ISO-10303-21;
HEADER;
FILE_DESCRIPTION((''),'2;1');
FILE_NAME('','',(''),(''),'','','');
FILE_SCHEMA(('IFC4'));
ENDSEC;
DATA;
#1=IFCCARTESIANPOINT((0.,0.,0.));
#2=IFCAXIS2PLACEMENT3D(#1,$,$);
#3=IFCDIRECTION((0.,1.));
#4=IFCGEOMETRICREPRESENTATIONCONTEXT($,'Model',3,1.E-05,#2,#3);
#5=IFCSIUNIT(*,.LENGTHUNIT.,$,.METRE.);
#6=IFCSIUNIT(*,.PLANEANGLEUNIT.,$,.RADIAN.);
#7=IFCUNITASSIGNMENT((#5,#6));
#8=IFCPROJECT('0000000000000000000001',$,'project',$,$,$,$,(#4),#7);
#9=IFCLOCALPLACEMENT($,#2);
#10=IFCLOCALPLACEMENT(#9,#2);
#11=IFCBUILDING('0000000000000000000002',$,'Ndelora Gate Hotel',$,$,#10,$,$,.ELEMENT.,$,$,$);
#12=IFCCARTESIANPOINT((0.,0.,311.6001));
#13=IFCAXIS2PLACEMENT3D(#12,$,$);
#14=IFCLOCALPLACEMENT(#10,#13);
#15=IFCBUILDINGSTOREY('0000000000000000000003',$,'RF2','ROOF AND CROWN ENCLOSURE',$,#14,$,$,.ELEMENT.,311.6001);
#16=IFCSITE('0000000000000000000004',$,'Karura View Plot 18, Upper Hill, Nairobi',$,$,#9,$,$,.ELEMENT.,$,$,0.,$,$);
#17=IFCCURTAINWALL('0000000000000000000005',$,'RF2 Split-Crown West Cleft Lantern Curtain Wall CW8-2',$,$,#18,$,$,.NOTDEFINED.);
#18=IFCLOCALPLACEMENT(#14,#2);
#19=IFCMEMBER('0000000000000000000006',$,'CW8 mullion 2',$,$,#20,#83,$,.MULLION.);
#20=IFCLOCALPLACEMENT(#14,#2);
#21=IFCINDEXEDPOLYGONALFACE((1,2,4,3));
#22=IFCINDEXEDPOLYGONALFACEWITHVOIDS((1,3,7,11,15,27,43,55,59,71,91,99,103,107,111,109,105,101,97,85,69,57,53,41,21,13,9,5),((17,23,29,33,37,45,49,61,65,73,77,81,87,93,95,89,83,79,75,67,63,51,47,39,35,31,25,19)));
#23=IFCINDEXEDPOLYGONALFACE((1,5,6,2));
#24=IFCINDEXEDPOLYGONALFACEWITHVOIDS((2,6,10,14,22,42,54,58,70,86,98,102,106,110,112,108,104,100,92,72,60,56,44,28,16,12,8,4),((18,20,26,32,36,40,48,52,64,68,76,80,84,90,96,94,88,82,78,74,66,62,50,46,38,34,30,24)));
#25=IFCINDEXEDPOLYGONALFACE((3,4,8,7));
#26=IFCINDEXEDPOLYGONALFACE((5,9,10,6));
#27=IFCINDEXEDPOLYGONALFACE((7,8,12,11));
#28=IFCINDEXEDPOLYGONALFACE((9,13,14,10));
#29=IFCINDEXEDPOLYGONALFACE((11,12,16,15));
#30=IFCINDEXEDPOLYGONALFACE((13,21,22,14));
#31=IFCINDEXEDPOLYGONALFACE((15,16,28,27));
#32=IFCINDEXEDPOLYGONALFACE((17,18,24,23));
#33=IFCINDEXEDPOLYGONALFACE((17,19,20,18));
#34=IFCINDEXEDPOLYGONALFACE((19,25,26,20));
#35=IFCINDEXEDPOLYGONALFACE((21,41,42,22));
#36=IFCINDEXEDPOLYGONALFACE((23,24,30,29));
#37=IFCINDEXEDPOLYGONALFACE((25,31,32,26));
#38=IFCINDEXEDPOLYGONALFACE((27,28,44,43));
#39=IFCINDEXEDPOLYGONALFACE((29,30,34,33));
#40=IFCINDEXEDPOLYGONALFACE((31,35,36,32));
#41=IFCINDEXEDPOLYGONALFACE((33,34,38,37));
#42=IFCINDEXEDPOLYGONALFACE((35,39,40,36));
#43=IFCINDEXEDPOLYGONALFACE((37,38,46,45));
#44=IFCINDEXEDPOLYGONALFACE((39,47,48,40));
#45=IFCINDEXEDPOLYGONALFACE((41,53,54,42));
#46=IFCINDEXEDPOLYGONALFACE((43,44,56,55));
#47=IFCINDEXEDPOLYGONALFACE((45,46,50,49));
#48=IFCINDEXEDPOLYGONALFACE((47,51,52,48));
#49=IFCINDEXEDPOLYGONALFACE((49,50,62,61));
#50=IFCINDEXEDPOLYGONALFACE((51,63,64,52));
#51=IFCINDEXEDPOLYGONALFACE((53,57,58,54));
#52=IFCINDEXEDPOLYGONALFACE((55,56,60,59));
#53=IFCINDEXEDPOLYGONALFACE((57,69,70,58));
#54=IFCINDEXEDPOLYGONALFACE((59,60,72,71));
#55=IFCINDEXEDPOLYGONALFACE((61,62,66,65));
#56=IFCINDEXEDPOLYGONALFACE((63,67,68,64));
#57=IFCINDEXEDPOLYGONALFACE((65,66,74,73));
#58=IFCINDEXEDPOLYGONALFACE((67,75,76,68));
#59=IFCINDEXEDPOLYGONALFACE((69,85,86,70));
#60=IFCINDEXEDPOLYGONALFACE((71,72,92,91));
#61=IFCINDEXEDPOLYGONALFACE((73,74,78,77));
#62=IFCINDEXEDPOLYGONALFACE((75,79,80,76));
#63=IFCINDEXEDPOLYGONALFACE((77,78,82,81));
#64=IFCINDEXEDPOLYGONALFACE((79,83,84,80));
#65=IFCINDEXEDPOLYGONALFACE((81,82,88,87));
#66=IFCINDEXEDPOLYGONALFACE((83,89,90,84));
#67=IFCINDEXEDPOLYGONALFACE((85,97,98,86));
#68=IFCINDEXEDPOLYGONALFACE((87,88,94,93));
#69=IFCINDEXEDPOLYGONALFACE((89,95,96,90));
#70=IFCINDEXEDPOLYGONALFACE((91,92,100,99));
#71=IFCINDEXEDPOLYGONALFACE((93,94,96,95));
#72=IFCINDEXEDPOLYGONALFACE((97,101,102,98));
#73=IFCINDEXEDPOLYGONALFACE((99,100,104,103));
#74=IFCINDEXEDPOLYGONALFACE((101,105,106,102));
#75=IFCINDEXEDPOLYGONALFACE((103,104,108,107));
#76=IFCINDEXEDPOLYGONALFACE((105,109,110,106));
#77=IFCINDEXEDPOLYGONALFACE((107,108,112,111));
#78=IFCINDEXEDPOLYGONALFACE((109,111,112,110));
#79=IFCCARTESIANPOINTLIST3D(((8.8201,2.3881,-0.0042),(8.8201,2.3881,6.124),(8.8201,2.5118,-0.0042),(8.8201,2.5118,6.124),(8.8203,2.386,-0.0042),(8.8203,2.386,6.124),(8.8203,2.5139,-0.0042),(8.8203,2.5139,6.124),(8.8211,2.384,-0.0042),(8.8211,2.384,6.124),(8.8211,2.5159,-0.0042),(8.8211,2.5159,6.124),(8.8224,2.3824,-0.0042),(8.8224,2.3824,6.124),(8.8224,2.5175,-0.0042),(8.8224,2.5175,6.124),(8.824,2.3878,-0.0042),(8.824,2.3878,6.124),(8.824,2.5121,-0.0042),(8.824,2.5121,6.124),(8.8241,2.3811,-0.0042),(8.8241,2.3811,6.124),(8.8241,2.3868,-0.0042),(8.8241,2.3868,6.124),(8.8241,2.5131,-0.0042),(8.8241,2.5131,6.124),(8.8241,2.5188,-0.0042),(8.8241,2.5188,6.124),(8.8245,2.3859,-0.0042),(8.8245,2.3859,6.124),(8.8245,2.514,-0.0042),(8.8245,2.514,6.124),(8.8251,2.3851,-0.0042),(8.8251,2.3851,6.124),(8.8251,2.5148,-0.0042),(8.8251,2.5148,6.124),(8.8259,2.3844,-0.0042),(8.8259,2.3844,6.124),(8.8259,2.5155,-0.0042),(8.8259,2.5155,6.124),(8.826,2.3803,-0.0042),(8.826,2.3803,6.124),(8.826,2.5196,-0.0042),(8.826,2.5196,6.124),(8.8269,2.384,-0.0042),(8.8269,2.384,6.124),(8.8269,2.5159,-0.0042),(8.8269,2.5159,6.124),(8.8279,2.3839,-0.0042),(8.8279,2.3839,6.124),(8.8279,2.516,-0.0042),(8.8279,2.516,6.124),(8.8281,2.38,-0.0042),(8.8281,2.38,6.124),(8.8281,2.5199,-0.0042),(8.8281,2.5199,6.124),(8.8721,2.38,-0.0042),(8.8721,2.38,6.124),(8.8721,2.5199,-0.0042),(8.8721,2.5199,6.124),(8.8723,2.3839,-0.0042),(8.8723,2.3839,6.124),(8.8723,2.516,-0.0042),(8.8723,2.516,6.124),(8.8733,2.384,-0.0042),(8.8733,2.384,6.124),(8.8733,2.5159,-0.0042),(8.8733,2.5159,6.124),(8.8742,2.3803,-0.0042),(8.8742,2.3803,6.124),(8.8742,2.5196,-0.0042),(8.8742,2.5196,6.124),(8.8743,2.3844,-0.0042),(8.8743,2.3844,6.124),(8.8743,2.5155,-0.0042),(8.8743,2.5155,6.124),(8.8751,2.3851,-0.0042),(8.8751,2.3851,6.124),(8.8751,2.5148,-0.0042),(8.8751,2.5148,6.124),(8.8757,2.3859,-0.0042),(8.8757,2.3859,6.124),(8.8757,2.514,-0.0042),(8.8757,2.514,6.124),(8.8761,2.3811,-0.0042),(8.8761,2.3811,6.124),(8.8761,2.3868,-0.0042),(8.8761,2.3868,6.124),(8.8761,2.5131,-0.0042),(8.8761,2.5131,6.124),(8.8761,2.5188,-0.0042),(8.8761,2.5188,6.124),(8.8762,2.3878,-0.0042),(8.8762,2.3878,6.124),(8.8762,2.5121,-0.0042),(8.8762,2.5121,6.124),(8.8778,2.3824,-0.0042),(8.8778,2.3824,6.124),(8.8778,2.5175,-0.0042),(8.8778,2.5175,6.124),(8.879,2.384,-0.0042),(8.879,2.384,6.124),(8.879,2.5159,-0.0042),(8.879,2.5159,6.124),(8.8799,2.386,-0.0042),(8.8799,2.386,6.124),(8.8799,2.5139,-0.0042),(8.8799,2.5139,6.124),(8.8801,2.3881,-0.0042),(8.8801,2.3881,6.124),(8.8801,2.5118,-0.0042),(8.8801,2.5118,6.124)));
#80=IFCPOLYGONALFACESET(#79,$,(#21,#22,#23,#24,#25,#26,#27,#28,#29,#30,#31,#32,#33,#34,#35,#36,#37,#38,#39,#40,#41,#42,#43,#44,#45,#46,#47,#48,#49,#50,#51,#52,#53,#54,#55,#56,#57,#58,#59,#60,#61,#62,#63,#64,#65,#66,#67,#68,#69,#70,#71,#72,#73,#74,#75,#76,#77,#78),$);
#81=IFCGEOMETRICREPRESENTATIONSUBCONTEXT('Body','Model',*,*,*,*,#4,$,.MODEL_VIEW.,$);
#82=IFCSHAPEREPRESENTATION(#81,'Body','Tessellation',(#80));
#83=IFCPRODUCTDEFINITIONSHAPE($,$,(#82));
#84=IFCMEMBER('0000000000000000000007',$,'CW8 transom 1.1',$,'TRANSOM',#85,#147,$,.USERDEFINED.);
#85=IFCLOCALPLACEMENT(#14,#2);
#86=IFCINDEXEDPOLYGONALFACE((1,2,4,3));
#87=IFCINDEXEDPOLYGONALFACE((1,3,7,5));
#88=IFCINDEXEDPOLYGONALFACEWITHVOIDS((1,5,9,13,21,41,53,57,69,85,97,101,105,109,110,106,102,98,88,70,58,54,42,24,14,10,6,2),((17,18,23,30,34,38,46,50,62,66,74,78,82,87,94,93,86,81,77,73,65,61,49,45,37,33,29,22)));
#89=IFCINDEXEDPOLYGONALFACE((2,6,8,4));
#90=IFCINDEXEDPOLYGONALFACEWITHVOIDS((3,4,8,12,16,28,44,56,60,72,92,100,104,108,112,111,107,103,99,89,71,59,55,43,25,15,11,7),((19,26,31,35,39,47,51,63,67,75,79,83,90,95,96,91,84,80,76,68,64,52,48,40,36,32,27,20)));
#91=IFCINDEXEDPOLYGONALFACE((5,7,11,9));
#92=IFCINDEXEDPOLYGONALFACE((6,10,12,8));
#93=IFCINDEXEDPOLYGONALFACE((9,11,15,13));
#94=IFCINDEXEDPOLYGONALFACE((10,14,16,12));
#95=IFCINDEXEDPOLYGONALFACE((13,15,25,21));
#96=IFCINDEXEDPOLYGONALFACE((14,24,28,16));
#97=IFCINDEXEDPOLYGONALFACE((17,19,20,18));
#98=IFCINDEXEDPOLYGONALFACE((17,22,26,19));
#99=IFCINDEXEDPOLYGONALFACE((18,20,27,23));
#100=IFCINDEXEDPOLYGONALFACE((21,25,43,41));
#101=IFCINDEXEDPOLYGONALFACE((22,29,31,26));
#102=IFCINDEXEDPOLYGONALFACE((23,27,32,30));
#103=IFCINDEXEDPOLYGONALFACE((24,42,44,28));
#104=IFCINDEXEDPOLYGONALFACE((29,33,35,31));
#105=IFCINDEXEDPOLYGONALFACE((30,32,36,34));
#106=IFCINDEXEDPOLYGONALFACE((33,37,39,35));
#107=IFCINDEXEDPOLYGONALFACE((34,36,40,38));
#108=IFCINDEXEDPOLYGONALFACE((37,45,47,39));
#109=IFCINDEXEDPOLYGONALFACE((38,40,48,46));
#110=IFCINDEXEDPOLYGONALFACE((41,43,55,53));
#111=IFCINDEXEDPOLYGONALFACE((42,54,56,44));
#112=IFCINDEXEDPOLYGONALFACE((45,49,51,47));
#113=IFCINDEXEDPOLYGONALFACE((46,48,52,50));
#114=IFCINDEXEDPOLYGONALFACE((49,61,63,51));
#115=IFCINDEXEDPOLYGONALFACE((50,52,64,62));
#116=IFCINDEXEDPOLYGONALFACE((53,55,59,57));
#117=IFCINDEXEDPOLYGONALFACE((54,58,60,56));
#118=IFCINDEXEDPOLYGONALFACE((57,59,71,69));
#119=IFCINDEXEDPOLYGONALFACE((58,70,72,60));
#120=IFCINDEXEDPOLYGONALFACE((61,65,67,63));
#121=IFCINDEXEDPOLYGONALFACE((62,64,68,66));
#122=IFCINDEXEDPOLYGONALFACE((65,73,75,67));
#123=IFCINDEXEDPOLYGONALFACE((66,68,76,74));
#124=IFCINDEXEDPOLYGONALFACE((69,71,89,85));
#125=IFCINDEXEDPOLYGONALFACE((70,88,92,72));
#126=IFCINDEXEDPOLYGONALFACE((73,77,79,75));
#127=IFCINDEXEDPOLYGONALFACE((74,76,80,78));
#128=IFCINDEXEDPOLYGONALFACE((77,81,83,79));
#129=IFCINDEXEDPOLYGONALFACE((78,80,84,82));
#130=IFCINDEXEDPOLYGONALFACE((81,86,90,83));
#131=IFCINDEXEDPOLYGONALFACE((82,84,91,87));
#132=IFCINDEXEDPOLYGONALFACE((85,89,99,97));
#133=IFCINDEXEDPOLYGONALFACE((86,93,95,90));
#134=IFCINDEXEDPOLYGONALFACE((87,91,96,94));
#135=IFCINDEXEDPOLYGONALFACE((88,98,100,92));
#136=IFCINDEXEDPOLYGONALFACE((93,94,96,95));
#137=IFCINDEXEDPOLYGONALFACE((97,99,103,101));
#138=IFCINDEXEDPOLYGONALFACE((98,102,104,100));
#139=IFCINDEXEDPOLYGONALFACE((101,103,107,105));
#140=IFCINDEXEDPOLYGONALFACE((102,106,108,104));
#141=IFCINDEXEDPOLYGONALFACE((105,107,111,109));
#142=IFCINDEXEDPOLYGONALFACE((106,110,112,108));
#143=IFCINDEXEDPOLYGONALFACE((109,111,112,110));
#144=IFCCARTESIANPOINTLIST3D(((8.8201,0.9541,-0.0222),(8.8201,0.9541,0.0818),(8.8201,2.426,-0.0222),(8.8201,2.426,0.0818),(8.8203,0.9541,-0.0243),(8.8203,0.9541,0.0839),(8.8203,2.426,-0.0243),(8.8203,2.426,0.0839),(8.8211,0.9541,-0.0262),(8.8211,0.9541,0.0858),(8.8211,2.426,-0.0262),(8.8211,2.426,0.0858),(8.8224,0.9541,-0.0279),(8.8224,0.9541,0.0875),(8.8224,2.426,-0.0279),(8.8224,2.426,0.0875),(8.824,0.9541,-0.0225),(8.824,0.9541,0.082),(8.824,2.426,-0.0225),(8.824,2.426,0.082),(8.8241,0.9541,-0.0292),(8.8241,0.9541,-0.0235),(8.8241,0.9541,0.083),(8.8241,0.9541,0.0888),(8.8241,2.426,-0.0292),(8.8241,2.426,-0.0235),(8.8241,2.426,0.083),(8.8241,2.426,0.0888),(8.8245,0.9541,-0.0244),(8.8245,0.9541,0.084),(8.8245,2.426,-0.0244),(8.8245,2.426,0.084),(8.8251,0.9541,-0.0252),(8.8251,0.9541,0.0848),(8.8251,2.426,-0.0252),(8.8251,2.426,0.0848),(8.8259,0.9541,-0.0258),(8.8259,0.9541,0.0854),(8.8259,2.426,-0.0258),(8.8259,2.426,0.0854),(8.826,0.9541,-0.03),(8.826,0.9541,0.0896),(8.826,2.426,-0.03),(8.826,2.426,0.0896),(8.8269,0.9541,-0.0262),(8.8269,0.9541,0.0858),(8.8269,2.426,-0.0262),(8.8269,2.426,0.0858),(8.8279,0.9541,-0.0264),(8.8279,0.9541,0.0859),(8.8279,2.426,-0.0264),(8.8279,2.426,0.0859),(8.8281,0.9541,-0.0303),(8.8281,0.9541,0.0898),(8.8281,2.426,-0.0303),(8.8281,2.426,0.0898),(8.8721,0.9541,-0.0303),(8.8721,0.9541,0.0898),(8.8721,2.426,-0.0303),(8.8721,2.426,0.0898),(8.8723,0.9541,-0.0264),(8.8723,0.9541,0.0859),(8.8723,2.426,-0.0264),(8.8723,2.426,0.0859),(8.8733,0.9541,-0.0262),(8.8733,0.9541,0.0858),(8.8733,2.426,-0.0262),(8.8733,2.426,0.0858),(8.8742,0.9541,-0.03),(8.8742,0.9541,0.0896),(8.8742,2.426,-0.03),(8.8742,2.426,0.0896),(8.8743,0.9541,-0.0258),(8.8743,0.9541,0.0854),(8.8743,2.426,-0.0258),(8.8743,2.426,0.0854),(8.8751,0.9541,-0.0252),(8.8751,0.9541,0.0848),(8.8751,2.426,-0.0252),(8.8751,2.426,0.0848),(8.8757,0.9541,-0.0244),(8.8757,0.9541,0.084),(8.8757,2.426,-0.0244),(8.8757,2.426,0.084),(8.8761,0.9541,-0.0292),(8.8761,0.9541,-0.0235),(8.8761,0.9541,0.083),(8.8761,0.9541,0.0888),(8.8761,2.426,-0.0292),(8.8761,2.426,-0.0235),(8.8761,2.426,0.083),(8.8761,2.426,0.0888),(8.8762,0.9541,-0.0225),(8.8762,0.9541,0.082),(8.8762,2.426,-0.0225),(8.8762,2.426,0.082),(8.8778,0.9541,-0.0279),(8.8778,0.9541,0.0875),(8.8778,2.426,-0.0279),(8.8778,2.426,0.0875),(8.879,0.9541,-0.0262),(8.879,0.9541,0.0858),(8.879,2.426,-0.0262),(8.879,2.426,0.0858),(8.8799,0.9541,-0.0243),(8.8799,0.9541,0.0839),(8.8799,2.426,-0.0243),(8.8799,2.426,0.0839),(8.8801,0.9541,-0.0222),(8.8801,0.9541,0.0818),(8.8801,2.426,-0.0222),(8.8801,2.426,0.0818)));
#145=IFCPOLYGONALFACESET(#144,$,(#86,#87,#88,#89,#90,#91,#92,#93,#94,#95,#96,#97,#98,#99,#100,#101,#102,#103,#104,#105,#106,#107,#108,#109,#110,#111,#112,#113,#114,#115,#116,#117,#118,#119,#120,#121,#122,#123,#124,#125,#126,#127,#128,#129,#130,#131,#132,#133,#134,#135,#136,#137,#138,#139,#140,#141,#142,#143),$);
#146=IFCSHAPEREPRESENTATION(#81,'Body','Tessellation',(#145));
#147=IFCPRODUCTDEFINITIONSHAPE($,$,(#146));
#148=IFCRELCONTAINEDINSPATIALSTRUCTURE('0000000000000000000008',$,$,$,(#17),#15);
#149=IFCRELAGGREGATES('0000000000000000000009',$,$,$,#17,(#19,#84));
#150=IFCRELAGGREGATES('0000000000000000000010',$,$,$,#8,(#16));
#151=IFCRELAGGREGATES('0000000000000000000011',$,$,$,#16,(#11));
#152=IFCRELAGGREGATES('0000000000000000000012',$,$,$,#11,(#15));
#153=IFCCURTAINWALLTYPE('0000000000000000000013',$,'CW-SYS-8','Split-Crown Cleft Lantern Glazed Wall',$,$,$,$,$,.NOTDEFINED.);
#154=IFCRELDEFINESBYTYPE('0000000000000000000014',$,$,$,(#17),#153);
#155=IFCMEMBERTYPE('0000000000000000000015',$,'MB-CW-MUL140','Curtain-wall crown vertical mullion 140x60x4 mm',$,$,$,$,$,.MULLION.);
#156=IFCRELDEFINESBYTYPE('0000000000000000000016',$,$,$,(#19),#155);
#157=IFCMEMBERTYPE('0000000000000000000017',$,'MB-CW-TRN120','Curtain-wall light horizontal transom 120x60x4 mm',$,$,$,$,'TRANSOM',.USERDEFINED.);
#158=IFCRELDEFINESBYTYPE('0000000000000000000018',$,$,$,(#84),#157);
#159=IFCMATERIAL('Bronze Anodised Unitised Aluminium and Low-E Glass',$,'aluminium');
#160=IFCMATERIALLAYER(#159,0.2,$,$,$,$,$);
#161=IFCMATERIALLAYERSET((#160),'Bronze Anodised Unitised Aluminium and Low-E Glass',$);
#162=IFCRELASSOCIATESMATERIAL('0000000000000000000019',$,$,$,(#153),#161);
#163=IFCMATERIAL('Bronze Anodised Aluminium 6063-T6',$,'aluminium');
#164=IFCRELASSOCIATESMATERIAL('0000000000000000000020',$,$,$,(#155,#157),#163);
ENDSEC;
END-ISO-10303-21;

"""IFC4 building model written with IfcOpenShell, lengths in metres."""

from ifc_helpers import new_model, si_unit, direction, frame, origin, origin_2d, place, context, subcontext, project, spatial, hollow_rectangle, extrude, material, layer, layer_set, material_profile, profile_set, type_object, element, aggregate, save


model = new_model("IFC4")

# Units and contexts
model_context = context("Model", 3, precision=1e-05, world=origin(), true_north=direction((0.0, 1.0)))
body_context = subcontext(model_context, "Body", "Model", "MODEL_VIEW")
ifc_project = project(units=[si_unit("LENGTHUNIT", "METRE"), si_unit("PLANEANGLEUNIT", "RADIAN")], contexts=[model_context])

# Site, building, storey
site_placement = place(None, origin())
site = spatial("IfcSite", under=ifc_project, at=site_placement, Name="Karura View Plot 18, Upper Hill, Nairobi", CompositionType="ELEMENT", RefElevation=0.0)
building_placement = place(site_placement, origin())
building = spatial("IfcBuilding", under=site, at=building_placement, Name="Ndelora Gate Hotel", CompositionType="ELEMENT")
storey_placement = place(building_placement, frame((0.0, 0.0, 311.6001)))
storey = spatial("IfcBuildingStorey", under=building, at=storey_placement, Name="RF2", Description="ROOF AND CROWN ENCLOSURE", CompositionType="ELEMENT", Elevation=311.6001)

# Curtain wall, members
ifc_material_1 = material(Name="Bronze Anodised Unitised Aluminium and Low-E Glass", Category="aluminium")
ifc_layer_1 = layer(ifc_material_1, 0.2)
ifc_layer_set_1 = layer_set([ifc_layer_1], Name="Bronze Anodised Unitised Aluminium and Low-E Glass")
curtain_wall_type = type_object("IfcCurtainWallType", Name="CW-SYS-8", Description="Split-Crown Cleft Lantern Glazed Wall", PredefinedType="NOTDEFINED", material=ifc_layer_set_1)
curtain_wall_placement = place(storey_placement, origin())
curtain_wall = element("IfcCurtainWall", 1, at=curtain_wall_placement, inside=storey, type_object=curtain_wall_type, Name="RF2 Split-Crown West Cleft Lantern Curtain Wall CW8-2", PredefinedType="NOTDEFINED")
ifc_material_2 = material(Name="Bronze Anodised Aluminium 6063-T6", Category="aluminium")
ifc_material_profile_1 = material_profile(ifc_material_2, hollow_rectangle(XDim=0.0601, YDim=0.1399, WallThickness=0.0039, InnerFilletRadius=0.0039, OuterFilletRadius=0.0081, at=origin_2d()), Name="ALU 140x60x4")
ifc_profile_set_1 = profile_set([ifc_material_profile_1], Name="Bronze Anodised Aluminium 6063-T6")
member_type_1 = type_object("IfcMemberType", Name="MB-CW-MUL140", Description="Curtain-wall crown vertical mullion 140x60x4 mm", PredefinedType="MULLION", material=ifc_profile_set_1)
member_1_placement = place(storey_placement, frame((8.8501, 2.45, -0.0042), z_axis=(0.0, 0.0, 1.0), x_axis=(-1.0, 0.0, 0.0)))
member_1 = element("IfcMember", 2, at=member_1_placement, type_object=member_type_1, Name="CW8 mullion 2", PredefinedType="MULLION", context=body_context, shape_type="SweptSolid", body=[
    extrude(hollow_rectangle(XDim=0.0601, YDim=0.1399, WallThickness=0.0039, InnerFilletRadius=0.0039, OuterFilletRadius=0.0081, at=origin_2d()), origin(), (0.0, 0.0, 1.0), 6.1282),
])
ifc_material_profile_2 = material_profile(ifc_material_2, hollow_rectangle(XDim=0.0601, YDim=0.1201, WallThickness=0.0039, InnerFilletRadius=0.0039, OuterFilletRadius=0.0081, at=origin_2d()), Name="ALU 120x60x4")
ifc_profile_set_2 = profile_set([ifc_material_profile_2], Name="Bronze Anodised Aluminium 6063-T6")
member_type_2 = type_object("IfcMemberType", Name="MB-CW-TRN120", Description="Curtain-wall light horizontal transom 120x60x4 mm", ElementType="TRANSOM", PredefinedType="USERDEFINED", material=ifc_profile_set_2)
member_2_placement = place(storey_placement, frame((8.8501, 0.9541, 0.0298), z_axis=(0.0, 1.0, 0.0), x_axis=(-1.0, 0.0, 0.0)))
member_2 = element("IfcMember", 3, at=member_2_placement, type_object=member_type_2, Name="CW8 transom 1.1", ObjectType="TRANSOM", PredefinedType="USERDEFINED", context=body_context, shape_type="SweptSolid", body=[
    extrude(hollow_rectangle(XDim=0.0601, YDim=0.1201, WallThickness=0.0039, InnerFilletRadius=0.0039, OuterFilletRadius=0.0081, at=origin_2d()), origin(), (0.0, 0.0, 1.0), 1.4719),
])
aggregate(curtain_wall, [member_1, member_2])

save(model, "model.ifc")
